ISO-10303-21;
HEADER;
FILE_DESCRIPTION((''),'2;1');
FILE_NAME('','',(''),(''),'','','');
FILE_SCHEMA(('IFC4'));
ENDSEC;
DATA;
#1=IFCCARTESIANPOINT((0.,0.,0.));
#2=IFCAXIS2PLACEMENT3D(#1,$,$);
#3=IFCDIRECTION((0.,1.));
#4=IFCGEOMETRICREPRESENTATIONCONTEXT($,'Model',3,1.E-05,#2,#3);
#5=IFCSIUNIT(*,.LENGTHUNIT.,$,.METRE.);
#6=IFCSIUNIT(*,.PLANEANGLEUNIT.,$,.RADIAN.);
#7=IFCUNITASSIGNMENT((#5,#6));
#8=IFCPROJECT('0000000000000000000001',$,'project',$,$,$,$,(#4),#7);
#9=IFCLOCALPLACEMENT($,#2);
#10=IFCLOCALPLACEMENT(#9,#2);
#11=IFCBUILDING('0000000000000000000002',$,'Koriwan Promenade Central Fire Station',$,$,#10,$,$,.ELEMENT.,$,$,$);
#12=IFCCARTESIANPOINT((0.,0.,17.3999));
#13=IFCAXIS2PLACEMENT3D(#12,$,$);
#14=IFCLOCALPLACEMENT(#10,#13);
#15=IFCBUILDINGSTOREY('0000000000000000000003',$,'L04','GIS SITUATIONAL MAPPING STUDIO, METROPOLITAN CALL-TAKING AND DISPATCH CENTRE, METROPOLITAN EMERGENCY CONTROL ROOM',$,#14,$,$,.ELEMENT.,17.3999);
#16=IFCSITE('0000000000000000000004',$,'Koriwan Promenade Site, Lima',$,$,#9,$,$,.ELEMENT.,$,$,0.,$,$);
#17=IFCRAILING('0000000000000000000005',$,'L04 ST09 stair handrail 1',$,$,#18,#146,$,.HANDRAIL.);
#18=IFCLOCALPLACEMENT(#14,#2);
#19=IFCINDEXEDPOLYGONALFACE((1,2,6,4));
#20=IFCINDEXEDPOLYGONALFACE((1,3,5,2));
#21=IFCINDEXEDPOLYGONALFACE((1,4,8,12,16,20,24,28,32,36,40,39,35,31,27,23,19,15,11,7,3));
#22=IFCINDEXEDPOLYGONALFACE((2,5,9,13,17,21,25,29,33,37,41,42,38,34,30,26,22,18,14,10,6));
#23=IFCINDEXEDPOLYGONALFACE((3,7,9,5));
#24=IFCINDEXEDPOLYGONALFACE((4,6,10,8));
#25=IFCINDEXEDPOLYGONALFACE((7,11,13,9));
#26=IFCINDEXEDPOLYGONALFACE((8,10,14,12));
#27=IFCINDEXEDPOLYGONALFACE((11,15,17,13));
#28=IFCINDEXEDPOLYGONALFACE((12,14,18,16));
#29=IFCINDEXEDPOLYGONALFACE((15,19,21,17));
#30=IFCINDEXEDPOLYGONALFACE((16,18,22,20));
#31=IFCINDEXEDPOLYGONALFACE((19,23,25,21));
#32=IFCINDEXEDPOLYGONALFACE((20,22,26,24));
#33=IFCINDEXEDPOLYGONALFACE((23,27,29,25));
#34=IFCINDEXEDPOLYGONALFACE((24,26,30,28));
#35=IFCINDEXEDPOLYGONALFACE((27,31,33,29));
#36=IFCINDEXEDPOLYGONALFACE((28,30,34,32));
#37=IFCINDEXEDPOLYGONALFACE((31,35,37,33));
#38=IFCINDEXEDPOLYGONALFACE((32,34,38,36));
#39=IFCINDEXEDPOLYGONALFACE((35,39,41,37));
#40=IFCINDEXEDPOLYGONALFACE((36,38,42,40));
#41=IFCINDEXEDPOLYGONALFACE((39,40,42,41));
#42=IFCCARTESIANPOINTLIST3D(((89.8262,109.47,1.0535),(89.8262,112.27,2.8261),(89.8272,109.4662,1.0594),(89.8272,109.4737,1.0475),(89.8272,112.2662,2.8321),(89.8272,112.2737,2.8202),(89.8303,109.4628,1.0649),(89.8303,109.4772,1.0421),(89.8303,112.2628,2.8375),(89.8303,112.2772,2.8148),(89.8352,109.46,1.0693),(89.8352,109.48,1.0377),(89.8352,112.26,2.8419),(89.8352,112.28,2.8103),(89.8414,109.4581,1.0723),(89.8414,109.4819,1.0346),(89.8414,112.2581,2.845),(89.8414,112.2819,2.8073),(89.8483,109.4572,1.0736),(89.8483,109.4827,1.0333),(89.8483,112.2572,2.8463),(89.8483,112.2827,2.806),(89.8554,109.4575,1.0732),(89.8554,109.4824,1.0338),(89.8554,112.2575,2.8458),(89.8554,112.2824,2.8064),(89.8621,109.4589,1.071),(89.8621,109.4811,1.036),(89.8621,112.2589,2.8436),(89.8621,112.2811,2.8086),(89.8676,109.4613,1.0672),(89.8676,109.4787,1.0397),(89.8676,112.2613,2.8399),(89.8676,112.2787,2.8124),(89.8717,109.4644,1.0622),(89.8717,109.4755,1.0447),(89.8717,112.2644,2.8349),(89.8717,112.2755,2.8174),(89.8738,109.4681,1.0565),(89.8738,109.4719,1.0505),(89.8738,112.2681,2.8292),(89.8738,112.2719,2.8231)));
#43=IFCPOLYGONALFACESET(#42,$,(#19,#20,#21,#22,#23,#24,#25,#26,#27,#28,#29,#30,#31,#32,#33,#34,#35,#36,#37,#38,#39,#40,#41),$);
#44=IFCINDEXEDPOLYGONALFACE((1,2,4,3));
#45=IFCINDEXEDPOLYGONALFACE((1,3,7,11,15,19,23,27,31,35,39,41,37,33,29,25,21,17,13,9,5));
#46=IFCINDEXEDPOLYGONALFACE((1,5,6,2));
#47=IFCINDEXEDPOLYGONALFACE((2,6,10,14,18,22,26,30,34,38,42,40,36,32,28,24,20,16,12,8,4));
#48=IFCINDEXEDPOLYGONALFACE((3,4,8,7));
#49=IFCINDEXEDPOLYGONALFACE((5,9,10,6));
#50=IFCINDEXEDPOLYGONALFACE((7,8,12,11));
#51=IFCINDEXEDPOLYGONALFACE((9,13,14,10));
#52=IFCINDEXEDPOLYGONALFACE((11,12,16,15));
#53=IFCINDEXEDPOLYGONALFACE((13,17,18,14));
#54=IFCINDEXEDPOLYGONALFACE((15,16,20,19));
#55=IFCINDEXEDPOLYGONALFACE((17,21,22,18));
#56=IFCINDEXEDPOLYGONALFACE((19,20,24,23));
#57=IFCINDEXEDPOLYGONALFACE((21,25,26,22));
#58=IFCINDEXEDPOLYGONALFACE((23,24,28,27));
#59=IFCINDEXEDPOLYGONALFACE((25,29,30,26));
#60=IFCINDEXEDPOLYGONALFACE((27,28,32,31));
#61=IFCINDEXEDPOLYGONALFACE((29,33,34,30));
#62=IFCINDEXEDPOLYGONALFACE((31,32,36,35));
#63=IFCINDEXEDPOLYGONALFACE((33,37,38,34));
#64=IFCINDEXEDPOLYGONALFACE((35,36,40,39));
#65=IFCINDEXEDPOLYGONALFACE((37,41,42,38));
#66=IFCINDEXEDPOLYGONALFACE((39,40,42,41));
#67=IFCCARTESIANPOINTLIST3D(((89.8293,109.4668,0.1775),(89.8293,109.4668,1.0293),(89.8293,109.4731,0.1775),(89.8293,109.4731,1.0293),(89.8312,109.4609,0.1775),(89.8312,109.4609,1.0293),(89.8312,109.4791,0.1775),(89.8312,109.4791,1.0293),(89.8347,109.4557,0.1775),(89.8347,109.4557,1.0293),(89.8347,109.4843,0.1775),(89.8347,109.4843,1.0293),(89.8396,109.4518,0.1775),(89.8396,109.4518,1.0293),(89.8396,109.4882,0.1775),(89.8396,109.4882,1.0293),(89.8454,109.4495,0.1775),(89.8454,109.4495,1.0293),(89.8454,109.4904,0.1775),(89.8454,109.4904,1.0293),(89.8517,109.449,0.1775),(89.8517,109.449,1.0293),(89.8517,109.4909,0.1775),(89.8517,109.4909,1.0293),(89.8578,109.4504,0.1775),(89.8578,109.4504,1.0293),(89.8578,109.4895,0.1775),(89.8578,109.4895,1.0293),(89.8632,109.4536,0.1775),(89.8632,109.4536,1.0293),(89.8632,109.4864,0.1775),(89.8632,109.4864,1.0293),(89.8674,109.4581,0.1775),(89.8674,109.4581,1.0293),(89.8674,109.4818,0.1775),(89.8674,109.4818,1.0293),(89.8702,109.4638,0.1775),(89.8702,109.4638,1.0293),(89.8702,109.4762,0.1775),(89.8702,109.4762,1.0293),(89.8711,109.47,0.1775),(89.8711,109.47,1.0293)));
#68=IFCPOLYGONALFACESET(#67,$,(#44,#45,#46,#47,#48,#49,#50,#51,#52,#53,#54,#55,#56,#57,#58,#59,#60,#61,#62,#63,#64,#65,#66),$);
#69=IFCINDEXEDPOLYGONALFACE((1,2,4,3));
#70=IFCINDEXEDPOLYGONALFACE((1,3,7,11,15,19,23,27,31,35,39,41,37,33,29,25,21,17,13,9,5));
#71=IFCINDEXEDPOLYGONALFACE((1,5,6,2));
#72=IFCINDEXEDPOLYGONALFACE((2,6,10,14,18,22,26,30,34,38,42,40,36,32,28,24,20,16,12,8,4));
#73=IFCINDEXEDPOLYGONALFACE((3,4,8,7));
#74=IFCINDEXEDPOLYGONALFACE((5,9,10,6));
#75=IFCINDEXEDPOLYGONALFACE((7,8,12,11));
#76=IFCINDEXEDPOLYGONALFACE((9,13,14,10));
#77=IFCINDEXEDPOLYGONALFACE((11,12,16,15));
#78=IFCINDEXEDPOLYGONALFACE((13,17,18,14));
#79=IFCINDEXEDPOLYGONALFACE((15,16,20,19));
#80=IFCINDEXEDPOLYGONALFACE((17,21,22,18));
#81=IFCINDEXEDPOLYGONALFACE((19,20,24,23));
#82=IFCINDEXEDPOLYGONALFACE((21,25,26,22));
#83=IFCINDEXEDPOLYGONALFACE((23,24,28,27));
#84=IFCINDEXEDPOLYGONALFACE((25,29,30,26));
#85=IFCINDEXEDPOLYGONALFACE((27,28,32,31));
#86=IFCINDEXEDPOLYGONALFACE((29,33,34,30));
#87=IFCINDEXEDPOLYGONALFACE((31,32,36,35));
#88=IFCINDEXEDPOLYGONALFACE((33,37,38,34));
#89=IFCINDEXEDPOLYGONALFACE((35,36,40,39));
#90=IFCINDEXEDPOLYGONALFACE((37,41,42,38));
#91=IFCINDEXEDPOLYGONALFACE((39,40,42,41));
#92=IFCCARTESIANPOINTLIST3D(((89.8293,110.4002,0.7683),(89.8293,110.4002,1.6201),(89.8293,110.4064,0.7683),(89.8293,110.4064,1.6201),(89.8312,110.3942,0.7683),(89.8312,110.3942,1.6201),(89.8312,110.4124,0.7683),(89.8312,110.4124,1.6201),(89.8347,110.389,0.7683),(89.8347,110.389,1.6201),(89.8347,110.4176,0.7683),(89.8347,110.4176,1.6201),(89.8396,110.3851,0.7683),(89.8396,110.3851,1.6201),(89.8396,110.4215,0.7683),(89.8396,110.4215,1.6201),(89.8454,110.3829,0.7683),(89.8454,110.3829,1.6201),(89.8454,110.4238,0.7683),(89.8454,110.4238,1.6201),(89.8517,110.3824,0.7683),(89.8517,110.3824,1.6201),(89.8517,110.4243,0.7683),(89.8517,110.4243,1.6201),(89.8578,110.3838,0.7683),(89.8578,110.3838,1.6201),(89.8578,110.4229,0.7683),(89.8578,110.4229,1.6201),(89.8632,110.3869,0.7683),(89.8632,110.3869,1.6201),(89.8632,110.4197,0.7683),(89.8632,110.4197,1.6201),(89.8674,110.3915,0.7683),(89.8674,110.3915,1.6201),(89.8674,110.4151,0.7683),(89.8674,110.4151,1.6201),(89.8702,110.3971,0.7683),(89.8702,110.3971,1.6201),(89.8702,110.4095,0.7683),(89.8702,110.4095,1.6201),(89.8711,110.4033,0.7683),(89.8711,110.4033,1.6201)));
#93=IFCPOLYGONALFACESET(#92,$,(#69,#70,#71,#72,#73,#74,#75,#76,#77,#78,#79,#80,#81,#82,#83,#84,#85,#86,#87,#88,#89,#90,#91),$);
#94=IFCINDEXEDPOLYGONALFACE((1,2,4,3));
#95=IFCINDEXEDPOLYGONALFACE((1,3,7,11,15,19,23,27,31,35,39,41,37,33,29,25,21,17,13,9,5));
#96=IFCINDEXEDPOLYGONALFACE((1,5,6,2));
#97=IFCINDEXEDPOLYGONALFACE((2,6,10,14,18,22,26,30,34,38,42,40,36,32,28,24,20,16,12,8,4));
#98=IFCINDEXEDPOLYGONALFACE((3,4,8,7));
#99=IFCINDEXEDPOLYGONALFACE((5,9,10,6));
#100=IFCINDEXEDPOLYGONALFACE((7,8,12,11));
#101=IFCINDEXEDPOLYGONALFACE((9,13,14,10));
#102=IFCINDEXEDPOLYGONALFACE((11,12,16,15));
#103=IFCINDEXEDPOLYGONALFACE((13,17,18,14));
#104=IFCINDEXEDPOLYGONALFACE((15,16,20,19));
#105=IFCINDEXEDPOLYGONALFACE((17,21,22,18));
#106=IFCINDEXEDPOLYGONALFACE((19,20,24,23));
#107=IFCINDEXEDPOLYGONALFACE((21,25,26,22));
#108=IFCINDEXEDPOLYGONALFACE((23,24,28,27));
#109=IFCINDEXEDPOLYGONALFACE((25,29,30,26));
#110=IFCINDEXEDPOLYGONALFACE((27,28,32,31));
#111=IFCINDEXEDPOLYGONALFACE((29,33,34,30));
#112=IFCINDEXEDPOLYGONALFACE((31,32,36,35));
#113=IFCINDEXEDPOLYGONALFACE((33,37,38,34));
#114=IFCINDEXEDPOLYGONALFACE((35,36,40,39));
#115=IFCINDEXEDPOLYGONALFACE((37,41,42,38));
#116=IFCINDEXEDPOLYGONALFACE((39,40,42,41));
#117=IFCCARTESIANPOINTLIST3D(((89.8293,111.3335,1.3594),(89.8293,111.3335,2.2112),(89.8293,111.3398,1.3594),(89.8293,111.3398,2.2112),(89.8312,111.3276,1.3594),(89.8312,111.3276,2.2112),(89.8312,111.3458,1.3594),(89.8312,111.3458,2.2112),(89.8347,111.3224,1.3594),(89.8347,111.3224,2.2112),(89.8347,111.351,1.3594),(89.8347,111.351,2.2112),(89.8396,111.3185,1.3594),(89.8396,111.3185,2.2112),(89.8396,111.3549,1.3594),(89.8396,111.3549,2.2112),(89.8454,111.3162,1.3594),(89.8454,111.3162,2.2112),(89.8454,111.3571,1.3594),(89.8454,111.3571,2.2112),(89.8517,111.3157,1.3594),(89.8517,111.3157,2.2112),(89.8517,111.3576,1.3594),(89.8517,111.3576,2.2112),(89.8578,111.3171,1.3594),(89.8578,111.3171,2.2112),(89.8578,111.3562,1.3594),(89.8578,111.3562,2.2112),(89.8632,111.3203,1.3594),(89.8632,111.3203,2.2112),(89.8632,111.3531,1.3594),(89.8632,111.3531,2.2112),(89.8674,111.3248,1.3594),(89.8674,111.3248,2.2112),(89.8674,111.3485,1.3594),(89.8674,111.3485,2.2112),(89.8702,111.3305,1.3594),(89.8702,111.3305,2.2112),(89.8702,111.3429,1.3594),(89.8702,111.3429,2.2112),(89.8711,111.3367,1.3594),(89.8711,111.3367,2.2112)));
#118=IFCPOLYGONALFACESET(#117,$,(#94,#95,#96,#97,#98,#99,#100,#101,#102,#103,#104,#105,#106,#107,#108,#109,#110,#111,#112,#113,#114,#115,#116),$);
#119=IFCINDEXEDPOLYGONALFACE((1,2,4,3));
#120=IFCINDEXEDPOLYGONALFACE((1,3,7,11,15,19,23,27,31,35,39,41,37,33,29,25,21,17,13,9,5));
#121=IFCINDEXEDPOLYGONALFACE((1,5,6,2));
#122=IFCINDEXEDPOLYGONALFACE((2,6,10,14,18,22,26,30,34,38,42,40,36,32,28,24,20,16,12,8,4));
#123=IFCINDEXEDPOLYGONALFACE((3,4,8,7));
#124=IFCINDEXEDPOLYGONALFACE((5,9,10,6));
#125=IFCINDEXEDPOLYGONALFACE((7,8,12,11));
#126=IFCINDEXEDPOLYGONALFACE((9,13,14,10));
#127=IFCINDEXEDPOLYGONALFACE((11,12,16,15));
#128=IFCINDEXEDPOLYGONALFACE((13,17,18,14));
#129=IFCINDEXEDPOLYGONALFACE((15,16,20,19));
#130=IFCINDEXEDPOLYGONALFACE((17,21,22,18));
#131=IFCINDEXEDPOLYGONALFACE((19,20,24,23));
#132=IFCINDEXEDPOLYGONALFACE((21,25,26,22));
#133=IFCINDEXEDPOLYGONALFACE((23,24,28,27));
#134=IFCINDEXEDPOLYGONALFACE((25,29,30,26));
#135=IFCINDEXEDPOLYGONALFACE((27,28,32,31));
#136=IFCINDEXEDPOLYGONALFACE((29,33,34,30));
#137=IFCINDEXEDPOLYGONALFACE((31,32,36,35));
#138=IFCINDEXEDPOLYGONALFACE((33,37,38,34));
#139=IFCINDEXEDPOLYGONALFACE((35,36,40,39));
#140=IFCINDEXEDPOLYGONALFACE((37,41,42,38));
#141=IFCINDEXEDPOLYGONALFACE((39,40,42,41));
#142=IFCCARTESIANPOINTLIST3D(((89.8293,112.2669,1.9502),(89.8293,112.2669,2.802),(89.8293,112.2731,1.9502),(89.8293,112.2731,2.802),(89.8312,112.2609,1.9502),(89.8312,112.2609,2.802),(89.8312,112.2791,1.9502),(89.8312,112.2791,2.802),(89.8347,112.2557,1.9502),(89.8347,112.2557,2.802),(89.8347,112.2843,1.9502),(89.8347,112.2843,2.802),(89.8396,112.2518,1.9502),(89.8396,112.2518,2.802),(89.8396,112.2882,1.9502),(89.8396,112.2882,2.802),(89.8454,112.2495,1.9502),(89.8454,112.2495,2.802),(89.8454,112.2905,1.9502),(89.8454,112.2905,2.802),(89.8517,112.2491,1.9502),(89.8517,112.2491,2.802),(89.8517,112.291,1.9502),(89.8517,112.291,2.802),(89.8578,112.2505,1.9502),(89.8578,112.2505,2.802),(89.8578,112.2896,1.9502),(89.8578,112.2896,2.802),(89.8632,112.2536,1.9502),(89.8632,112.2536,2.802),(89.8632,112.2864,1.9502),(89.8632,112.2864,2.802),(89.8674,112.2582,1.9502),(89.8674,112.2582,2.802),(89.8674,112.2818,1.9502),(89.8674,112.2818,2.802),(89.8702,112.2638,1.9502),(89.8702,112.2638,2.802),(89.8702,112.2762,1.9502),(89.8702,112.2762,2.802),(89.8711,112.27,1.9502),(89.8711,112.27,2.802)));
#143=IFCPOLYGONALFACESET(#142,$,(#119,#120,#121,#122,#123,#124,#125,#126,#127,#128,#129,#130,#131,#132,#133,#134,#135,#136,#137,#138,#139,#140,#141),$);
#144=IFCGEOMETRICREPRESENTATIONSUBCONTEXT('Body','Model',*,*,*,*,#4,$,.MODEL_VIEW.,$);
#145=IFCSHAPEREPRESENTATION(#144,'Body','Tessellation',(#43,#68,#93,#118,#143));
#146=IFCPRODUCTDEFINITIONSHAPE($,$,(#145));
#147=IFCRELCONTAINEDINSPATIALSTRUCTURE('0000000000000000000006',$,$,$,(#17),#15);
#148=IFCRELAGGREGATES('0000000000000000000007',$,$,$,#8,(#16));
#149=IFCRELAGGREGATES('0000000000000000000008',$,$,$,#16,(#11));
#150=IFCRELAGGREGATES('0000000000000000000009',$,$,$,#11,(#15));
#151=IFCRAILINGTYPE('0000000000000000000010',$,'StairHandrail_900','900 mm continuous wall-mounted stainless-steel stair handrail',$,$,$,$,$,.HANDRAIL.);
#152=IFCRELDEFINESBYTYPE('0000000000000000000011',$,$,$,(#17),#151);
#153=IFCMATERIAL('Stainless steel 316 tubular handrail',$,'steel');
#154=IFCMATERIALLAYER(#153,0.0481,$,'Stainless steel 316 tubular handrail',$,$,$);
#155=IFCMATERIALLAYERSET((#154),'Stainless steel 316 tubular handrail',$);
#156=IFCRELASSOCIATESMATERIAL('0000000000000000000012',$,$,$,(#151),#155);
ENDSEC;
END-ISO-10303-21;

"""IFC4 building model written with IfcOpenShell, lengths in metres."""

from ifc_helpers import new_model, si_unit, direction, frame, origin, origin_2d, place, context, subcontext, project, spatial, circle, extrude, material, layer, layer_set, type_object, element, save


model = new_model("IFC4")

# Units and contexts
model_context = context("Model", 3, precision=1e-05, world=origin(), true_north=direction((0.0, 1.0)))
body_context = subcontext(model_context, "Body", "Model", "MODEL_VIEW")
ifc_project = project(units=[si_unit("LENGTHUNIT", "METRE"), si_unit("PLANEANGLEUNIT", "RADIAN")], contexts=[model_context])

# Site, building, storey
site_placement = place(None, origin())
site = spatial("IfcSite", under=ifc_project, at=site_placement, Name="Koriwan Promenade Site, Lima", CompositionType="ELEMENT", RefElevation=0.0)
building_placement = place(site_placement, origin())
building = spatial("IfcBuilding", under=site, at=building_placement, Name="Koriwan Promenade Central Fire Station", CompositionType="ELEMENT")
storey_placement = place(building_placement, frame((0.0, 0.0, 17.3999)))
storey = spatial("IfcBuildingStorey", under=building, at=storey_placement, Name="L04", Description="GIS SITUATIONAL MAPPING STUDIO, METROPOLITAN CALL-TAKING AND DISPATCH CENTRE, METROPOLITAN EMERGENCY CONTROL ROOM", CompositionType="ELEMENT", Elevation=17.3999)

# Railing
ifc_material_1 = material(Name="Stainless steel 316 tubular handrail", Category="steel")
ifc_layer_1 = layer(ifc_material_1, 0.0481, Name="Stainless steel 316 tubular handrail")
ifc_layer_set_1 = layer_set([ifc_layer_1], Name="Stainless steel 316 tubular handrail")
railing_type_1 = type_object("IfcRailingType", Name="StairHandrail_900", Description="900 mm continuous wall-mounted stainless-steel stair handrail", PredefinedType="HANDRAIL", material=ifc_layer_set_1)
railing_1_placement = place(storey_placement, frame((89.8501, 109.47, 0.1775)))
element("IfcRailing", 1, at=railing_1_placement, inside=storey, type_object=railing_type_1, Name="L04 ST09 stair handrail 1", PredefinedType="HANDRAIL", context=body_context, shape_type="SweptSolid", body=[
    extrude(circle(Radius=0.0239, at=origin_2d()), frame((0.0, 0.0, 0.876), z_axis=(0.0, 0.844909, 0.53491), x_axis=(-1.0, 0.0, 0.0)), (0.0, 0.0, 1.0), 3.314),
    extrude(circle(Radius=0.021, at=origin_2d()), origin(), (0.0, 0.0, 1.0), 0.8518),
    extrude(circle(Radius=0.021, at=origin_2d()), frame((0.0, 0.9333, 0.5908)), (0.0, 0.0, 1.0), 0.8518),
    extrude(circle(Radius=0.021, at=origin_2d()), frame((0.0, 1.8667, 1.1819)), (0.0, 0.0, 1.0), 0.8518),
    extrude(circle(Radius=0.021, at=origin_2d()), frame((0.0, 2.8, 1.7727)), (0.0, 0.0, 1.0), 0.8518),
])

save(model, "model.ifc")
